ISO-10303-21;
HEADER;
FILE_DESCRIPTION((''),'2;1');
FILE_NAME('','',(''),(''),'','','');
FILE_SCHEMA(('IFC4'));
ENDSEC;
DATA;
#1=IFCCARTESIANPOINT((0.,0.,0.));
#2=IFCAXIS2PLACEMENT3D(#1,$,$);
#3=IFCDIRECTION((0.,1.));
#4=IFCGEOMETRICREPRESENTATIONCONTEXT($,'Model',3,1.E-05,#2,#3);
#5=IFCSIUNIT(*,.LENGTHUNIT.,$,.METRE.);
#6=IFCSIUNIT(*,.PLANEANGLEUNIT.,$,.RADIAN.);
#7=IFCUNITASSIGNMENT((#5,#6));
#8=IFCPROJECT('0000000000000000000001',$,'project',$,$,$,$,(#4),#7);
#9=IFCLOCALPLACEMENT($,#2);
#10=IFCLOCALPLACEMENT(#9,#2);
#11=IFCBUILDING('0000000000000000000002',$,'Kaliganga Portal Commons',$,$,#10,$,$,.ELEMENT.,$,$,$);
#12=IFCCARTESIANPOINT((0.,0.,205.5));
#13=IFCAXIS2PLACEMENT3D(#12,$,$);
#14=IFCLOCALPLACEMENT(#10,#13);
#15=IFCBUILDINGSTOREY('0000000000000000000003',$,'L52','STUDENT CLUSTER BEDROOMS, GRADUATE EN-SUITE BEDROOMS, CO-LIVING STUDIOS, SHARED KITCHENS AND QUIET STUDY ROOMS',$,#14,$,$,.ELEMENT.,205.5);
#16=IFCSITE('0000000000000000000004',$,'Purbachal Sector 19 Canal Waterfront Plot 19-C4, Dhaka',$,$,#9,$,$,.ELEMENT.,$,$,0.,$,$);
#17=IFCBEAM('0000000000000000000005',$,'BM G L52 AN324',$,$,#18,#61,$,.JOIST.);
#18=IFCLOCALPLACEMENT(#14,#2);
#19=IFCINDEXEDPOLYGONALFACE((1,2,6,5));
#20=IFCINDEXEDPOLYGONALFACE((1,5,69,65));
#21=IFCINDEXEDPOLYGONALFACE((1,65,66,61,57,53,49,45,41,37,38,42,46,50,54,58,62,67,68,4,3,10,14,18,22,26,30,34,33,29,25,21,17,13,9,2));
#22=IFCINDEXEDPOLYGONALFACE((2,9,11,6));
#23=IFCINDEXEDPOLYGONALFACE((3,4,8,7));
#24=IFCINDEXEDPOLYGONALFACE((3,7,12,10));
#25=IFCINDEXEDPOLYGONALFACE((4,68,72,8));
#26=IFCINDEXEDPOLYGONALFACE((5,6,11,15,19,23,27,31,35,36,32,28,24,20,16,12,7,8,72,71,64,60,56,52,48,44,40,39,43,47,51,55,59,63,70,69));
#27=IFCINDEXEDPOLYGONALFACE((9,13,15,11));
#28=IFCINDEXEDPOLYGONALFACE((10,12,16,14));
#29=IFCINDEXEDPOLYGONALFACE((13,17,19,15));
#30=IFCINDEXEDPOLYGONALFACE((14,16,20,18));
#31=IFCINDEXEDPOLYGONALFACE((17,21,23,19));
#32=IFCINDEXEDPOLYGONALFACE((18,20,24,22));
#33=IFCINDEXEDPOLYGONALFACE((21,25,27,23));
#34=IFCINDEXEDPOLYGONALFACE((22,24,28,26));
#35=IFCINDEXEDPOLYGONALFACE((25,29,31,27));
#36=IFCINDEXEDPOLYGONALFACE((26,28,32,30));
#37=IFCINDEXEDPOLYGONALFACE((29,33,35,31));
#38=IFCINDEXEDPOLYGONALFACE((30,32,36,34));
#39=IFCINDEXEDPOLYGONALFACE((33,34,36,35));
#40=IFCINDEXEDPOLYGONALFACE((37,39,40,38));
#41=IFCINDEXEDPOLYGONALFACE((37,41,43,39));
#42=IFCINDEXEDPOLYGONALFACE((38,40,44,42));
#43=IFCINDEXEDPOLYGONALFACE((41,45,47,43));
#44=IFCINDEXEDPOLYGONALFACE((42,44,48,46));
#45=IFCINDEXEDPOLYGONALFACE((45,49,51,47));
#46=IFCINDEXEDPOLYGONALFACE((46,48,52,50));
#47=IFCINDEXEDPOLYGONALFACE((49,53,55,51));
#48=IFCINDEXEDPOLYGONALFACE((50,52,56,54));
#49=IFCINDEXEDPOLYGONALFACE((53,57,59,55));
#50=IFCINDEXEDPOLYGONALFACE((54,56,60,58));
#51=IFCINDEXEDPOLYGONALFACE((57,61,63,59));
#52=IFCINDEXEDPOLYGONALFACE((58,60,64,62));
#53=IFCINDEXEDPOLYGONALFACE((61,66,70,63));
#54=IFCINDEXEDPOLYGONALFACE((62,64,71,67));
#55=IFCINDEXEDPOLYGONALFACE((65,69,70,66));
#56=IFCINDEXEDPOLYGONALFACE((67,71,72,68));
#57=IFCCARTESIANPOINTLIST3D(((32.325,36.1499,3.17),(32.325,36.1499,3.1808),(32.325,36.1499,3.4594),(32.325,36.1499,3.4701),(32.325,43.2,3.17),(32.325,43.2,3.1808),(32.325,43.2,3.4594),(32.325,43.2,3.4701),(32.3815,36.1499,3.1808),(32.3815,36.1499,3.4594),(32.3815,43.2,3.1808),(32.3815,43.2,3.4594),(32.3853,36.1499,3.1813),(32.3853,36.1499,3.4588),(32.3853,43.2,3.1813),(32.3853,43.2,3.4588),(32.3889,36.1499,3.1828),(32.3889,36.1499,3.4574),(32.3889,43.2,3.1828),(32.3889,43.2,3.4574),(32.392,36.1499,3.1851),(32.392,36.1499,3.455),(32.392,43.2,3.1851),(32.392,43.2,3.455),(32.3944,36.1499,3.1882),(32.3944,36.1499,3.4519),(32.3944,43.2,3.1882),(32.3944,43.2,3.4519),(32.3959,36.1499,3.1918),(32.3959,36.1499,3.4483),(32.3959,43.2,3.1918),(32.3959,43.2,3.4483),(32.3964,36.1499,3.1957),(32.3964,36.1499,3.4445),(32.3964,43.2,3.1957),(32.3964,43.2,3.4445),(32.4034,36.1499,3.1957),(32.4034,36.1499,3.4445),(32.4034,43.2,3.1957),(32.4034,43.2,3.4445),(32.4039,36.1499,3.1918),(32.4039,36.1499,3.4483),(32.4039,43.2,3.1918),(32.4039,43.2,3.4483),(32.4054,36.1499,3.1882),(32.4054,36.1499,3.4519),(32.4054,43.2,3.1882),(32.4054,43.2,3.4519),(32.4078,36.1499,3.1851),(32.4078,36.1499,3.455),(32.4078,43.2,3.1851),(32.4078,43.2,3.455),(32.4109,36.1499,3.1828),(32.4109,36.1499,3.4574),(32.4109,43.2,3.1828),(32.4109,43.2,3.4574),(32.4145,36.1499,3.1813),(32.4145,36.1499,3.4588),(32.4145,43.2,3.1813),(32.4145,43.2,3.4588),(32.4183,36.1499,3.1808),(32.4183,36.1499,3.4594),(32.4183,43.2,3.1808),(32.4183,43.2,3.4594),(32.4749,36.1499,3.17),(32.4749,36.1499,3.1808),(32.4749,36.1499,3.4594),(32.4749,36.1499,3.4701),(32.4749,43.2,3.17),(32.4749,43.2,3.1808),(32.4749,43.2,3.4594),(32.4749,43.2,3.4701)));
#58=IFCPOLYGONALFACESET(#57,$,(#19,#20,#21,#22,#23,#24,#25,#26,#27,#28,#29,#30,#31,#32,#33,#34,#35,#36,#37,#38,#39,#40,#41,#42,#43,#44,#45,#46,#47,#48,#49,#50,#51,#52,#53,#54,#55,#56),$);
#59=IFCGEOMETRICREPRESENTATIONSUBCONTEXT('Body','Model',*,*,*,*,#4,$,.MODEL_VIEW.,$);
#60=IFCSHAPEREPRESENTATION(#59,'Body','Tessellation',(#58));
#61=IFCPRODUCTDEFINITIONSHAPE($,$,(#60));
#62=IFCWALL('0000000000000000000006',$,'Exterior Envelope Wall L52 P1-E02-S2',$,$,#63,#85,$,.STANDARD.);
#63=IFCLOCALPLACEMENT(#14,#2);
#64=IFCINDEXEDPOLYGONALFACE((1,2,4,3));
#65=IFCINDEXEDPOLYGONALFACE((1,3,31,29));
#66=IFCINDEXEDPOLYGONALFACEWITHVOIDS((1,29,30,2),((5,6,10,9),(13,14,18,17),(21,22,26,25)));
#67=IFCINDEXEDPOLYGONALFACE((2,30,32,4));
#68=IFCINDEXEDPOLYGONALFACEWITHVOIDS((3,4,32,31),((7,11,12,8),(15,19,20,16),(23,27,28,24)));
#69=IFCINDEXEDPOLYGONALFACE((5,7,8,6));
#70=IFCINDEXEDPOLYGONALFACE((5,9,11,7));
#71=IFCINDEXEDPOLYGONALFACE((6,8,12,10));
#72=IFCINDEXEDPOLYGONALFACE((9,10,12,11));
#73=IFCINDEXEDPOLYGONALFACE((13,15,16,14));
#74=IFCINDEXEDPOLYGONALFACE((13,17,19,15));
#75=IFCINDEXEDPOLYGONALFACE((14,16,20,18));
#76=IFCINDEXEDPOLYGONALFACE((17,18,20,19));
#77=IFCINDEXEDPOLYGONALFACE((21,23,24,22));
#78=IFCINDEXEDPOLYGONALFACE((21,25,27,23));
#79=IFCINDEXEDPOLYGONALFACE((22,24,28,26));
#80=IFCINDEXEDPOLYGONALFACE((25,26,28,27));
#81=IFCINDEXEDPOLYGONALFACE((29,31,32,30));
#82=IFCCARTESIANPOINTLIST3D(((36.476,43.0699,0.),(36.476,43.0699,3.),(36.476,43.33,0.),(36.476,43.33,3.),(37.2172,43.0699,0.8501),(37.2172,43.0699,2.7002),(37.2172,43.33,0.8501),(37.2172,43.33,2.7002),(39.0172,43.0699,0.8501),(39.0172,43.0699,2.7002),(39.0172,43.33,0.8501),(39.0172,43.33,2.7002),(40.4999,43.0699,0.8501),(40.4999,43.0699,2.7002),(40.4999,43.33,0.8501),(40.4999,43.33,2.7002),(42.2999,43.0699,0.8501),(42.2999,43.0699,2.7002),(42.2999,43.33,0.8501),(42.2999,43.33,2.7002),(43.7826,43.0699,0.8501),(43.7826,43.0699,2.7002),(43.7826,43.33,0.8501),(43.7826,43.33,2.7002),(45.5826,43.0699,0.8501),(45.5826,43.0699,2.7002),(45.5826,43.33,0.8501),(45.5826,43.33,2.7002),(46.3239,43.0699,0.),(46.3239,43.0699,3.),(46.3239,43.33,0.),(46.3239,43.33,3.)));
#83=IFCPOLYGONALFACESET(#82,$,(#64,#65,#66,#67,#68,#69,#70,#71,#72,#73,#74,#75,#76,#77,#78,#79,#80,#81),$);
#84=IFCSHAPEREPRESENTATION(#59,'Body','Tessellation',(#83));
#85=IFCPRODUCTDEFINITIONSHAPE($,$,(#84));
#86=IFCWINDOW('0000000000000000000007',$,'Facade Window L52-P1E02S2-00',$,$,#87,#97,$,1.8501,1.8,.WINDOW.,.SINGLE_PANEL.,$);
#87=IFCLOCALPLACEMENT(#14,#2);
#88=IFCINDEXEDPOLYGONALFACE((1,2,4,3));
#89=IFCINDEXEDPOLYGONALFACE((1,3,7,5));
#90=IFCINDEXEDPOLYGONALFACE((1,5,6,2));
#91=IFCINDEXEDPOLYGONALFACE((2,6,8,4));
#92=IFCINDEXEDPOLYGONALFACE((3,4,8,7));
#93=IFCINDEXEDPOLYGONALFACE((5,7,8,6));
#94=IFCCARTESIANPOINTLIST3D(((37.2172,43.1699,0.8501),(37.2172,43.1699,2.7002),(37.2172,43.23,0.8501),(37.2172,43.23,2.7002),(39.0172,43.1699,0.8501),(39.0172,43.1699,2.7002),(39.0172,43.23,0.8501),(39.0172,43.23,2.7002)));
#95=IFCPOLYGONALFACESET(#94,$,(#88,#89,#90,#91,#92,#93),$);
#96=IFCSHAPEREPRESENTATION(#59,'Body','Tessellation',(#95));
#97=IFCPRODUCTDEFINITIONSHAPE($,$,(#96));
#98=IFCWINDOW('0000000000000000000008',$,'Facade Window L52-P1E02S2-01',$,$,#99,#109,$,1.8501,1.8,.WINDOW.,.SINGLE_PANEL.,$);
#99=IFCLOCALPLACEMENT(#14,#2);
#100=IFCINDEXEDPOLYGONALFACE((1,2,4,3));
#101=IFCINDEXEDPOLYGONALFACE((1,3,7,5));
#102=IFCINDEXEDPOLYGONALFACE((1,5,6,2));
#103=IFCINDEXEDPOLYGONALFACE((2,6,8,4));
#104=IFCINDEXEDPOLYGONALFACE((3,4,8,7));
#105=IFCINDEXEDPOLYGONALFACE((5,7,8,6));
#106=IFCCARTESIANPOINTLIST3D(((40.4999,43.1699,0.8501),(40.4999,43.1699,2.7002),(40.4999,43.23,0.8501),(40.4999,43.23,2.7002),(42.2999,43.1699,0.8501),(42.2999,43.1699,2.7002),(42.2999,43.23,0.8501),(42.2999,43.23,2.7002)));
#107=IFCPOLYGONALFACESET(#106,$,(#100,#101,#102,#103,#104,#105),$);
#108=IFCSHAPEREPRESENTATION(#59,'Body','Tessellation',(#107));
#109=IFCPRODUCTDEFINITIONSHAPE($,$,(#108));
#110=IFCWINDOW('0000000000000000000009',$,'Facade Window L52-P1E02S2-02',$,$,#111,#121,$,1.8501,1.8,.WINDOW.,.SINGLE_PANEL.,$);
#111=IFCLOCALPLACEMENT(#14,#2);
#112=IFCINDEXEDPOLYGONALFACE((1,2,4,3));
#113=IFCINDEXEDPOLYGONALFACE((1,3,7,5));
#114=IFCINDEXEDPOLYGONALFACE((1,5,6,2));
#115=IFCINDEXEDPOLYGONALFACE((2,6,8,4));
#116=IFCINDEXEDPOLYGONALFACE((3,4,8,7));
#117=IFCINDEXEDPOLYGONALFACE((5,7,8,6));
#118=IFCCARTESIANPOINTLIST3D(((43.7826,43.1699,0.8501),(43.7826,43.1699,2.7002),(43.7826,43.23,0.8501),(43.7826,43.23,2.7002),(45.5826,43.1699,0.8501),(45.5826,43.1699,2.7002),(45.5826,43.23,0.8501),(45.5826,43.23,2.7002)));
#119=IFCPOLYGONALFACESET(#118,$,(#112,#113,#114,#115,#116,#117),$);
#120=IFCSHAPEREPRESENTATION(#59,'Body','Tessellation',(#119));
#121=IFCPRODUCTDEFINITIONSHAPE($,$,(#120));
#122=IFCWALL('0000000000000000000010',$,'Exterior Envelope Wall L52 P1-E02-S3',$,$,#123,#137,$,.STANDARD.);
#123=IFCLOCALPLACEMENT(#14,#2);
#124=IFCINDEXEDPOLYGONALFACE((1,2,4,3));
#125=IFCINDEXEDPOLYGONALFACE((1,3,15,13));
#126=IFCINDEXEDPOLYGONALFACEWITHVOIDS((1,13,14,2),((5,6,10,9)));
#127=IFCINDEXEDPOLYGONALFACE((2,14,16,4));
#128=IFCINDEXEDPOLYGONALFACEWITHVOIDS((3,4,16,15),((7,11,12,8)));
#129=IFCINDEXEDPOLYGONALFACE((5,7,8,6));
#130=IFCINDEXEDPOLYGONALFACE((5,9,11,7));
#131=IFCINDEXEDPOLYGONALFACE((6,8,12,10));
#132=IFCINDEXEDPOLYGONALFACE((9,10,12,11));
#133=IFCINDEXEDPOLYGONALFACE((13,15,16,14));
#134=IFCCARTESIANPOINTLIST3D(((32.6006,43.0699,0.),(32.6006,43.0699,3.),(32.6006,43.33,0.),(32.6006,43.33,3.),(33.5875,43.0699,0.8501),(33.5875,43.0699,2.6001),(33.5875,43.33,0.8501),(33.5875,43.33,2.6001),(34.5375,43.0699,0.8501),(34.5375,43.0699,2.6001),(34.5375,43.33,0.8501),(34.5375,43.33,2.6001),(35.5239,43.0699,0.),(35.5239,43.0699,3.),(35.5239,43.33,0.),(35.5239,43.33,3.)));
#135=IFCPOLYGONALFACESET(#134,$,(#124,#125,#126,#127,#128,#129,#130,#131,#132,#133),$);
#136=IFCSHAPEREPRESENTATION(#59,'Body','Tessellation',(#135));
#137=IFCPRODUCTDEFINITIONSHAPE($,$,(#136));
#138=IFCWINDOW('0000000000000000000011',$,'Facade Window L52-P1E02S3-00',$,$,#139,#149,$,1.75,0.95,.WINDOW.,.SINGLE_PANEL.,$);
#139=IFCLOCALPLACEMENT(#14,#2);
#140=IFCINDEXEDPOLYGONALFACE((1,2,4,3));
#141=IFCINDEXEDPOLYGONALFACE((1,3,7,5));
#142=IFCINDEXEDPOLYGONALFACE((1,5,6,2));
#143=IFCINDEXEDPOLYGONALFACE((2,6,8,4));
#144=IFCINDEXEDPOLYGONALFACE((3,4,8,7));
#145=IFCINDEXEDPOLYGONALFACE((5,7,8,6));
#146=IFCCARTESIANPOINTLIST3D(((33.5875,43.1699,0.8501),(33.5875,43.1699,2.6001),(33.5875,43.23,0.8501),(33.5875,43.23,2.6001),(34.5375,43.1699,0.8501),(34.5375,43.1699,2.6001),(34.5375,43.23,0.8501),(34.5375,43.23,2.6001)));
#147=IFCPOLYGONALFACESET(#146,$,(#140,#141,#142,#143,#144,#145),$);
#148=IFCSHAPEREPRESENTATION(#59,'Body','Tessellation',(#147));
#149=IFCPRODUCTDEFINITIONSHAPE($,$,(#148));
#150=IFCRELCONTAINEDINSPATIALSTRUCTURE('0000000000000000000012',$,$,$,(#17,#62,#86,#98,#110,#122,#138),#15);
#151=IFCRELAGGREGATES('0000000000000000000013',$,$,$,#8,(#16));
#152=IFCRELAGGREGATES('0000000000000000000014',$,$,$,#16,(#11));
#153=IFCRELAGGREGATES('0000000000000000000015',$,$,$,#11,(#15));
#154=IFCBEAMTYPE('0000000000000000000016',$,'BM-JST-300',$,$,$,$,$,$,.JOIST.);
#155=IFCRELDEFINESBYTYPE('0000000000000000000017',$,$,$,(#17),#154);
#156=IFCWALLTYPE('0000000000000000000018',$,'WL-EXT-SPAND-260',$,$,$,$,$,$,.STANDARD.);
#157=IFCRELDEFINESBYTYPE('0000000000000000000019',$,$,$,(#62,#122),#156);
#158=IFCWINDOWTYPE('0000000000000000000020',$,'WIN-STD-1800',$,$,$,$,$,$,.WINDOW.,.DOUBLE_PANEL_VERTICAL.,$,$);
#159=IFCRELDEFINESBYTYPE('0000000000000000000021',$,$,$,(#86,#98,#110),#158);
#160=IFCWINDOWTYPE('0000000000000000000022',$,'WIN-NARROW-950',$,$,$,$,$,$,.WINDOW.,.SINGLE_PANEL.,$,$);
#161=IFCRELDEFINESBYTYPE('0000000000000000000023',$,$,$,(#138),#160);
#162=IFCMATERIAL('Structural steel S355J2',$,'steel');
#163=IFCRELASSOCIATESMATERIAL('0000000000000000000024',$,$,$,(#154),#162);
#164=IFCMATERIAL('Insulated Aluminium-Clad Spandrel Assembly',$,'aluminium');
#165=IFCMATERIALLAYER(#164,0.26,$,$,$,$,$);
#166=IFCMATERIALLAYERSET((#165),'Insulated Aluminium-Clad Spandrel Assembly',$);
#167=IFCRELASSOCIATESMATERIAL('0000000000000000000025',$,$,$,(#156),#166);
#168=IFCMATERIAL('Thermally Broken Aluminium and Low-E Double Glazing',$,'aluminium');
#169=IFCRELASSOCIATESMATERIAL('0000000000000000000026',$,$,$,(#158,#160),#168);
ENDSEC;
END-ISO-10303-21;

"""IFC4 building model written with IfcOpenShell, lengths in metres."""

from ifc_helpers import new_model, si_unit, direction, frame, frame_2d, origin, origin_2d, place, context, subcontext, project, spatial, rectangle, i_section, extrude, source, transform, mapped, material, layer, layer_set, material_profile, profile_set, type_object, element, fill, save


model = new_model("IFC4")

# Units and contexts
model_context = context("Model", 3, precision=1e-05, world=origin(), true_north=direction((0.0, 1.0)))
body_context = subcontext(model_context, "Body", "Model", "MODEL_VIEW")
ifc_project = project(units=[si_unit("LENGTHUNIT", "METRE"), si_unit("PLANEANGLEUNIT", "RADIAN")], contexts=[model_context])

# Site, building, storey
site_placement = place(None, origin())
site = spatial("IfcSite", under=ifc_project, at=site_placement, Name="Purbachal Sector 19 Canal Waterfront Plot 19-C4, Dhaka", CompositionType="ELEMENT", RefElevation=0.0)
building_placement = place(site_placement, origin())
building = spatial("IfcBuilding", under=site, at=building_placement, Name="Kaliganga Portal Commons", CompositionType="ELEMENT")
storey_placement = place(building_placement, frame((0.0, 0.0, 205.5)))
storey = spatial("IfcBuildingStorey", under=building, at=storey_placement, Name="L52", Description="STUDENT CLUSTER BEDROOMS, GRADUATE EN-SUITE BEDROOMS, CO-LIVING STUDIOS, SHARED KITCHENS AND QUIET STUDY ROOMS", CompositionType="ELEMENT", Elevation=205.5)

# Shared definitions
ifc_material_1 = material(Name="Structural steel S355J2", Category="steel")

# Beam
ifc_material_profile_1 = material_profile(ifc_material_1, i_section(OverallWidth=0.1499, OverallDepth=0.3, WebThickness=0.0071, FlangeThickness=0.0107, FilletRadius=0.0149, at=origin_2d()), Name="IPE 300")
ifc_profile_set_1 = profile_set([ifc_material_profile_1], Name="Structural steel S355J2 wide-flange")
beam_type_1 = type_object("IfcBeamType", Name="BM-JST-300", PredefinedType="JOIST", material=ifc_profile_set_1)
shared_shape_1 = source(origin(), body_context, "Body", "SweptSolid", [
    extrude(i_section(OverallWidth=0.1499, OverallDepth=0.3, WebThickness=0.0071, FlangeThickness=0.0107, FilletRadius=0.0149, at=origin_2d()), origin(), (0.0, 0.0, 1.0), 7.05),
])
beam_1_placement = place(storey_placement, frame((32.3999, 36.1499, 3.3201), z_axis=(0.0, 1.0, 0.0), x_axis=(-1.0, 0.0, 0.0)))
element("IfcBeam", 1, at=beam_1_placement, inside=storey, type_object=beam_type_1, Name="BM G L52 AN324", PredefinedType="JOIST", context=body_context, shape_type="MappedRepresentation", body=[
    mapped(shared_shape_1, transform((0.0, 0.0, 0.0), x_axis=(1.0, 0.0, 0.0), y_axis=(0.0, 1.0, 0.0), z_axis=(0.0, 0.0, 1.0), scale=1.0)),
])

# Wall, openings, windows
ifc_material_2 = material(Name="Insulated Aluminium-Clad Spandrel Assembly", Category="aluminium")
ifc_layer_1 = layer(ifc_material_2, 0.26)
ifc_layer_set_1 = layer_set([ifc_layer_1], Name="Insulated Aluminium-Clad Spandrel Assembly")
wall_type_1 = type_object("IfcWallType", Name="WL-EXT-SPAND-260", PredefinedType="STANDARD", material=ifc_layer_set_1)
wall_1_placement = place(storey_placement, frame((36.4761, 43.2, 0.0), z_axis=(0.0, 0.0, 1.0), x_axis=(1.0, 0.0, 0.0)))
wall_1 = element("IfcWall", 2, at=wall_1_placement, inside=storey, type_object=wall_type_1, Name="Exterior Envelope Wall L52 P1-E02-S2", PredefinedType="STANDARD", context=body_context, shape_type="SweptSolid", body=[
    extrude(rectangle(XDim=9.8479, YDim=0.26, at=frame_2d((4.9238, 0.0))), origin(), (0.0, 0.0, 1.0), 3.0),
])
opening_1_placement = place(wall_1_placement, frame((0.7412, 0.0, 0.8501)))
opening_1 = element("IfcOpeningElement", 3, at=opening_1_placement, cuts=wall_1, PredefinedType="OPENING", context=body_context, shape_type="SweptSolid", body=[
    extrude(rectangle(XDim=1.8, YDim=1.8501, at=frame_2d((0.8999, 0.925))), frame((0.0, 0.1401, 0.0), z_axis=(0.0, -1.0, 0.0), x_axis=(1.0, 0.0, 0.0)), (0.0, 0.0, 1.0), 0.28),
])
opening_2_placement = place(wall_1_placement, frame((4.0239, 0.0, 0.8501)))
opening_2 = element("IfcOpeningElement", 4, at=opening_2_placement, cuts=wall_1, PredefinedType="OPENING", context=body_context, shape_type="SweptSolid", body=[
    extrude(rectangle(XDim=1.8, YDim=1.8501, at=frame_2d((0.8999, 0.925))), frame((0.0, 0.1401, 0.0), z_axis=(0.0, -1.0, 0.0), x_axis=(1.0, 0.0, 0.0)), (0.0, 0.0, 1.0), 0.28),
])
opening_3_placement = place(wall_1_placement, frame((7.3066, 0.0, 0.8501)))
opening_3 = element("IfcOpeningElement", 5, at=opening_3_placement, cuts=wall_1, PredefinedType="OPENING", context=body_context, shape_type="SweptSolid", body=[
    extrude(rectangle(XDim=1.8, YDim=1.8501, at=frame_2d((0.8999, 0.925))), frame((0.0, 0.1401, 0.0), z_axis=(0.0, -1.0, 0.0), x_axis=(1.0, 0.0, 0.0)), (0.0, 0.0, 1.0), 0.28),
])
ifc_material_3 = material(Name="Thermally Broken Aluminium and Low-E Double Glazing", Category="aluminium")
window_type_1 = type_object("IfcWindowType", Name="WIN-STD-1800", PartitioningType="DOUBLE_PANEL_VERTICAL", PredefinedType="WINDOW", material=ifc_material_3)
window_1_placement = place(opening_1_placement, origin())
window_1 = element("IfcWindow", 6, at=window_1_placement, inside=storey, type_object=window_type_1, Name="Facade Window L52-P1E02S2-00", OverallHeight=1.8501, OverallWidth=1.8, PartitioningType="SINGLE_PANEL", PredefinedType="WINDOW", context=body_context, shape_type="SweptSolid", body=[
    extrude(rectangle(XDim=1.8, YDim=1.8501, at=frame_2d((0.8999, 0.925))), frame((0.0, 0.03, 0.0), z_axis=(0.0, -1.0, 0.0), x_axis=(1.0, 0.0, 0.0)), (0.0, 0.0, 1.0), 0.0601),
])
fill(opening_1, window_1)
window_2_placement = place(opening_2_placement, origin())
window_2 = element("IfcWindow", 7, at=window_2_placement, inside=storey, type_object=window_type_1, Name="Facade Window L52-P1E02S2-01", OverallHeight=1.8501, OverallWidth=1.8, PartitioningType="SINGLE_PANEL", PredefinedType="WINDOW", context=body_context, shape_type="SweptSolid", body=[
    extrude(rectangle(XDim=1.8, YDim=1.8501, at=frame_2d((0.8999, 0.925))), frame((0.0, 0.03, 0.0), z_axis=(0.0, -1.0, 0.0), x_axis=(1.0, 0.0, 0.0)), (0.0, 0.0, 1.0), 0.0601),
])
fill(opening_2, window_2)
window_3_placement = place(opening_3_placement, origin())
window_3 = element("IfcWindow", 8, at=window_3_placement, inside=storey, type_object=window_type_1, Name="Facade Window L52-P1E02S2-02", OverallHeight=1.8501, OverallWidth=1.8, PartitioningType="SINGLE_PANEL", PredefinedType="WINDOW", context=body_context, shape_type="SweptSolid", body=[
    extrude(rectangle(XDim=1.8, YDim=1.8501, at=frame_2d((0.8999, 0.925))), frame((0.0, 0.03, 0.0), z_axis=(0.0, -1.0, 0.0), x_axis=(1.0, 0.0, 0.0)), (0.0, 0.0, 1.0), 0.0601),
])
fill(opening_3, window_3)

# Wall, opening, window
wall_2_placement = place(storey_placement, frame((32.6006, 43.2, 0.0), z_axis=(0.0, 0.0, 1.0), x_axis=(1.0, 0.0, 0.0)))
wall_2 = element("IfcWall", 9, at=wall_2_placement, inside=storey, type_object=wall_type_1, Name="Exterior Envelope Wall L52 P1-E02-S3", PredefinedType="STANDARD", context=body_context, shape_type="SweptSolid", body=[
    extrude(rectangle(XDim=2.9233, YDim=0.26, at=frame_2d((1.4617, 0.0))), origin(), (0.0, 0.0, 1.0), 3.0),
])
opening_4_placement = place(wall_2_placement, frame((0.9868, 0.0, 0.8501)))
opening_4 = element("IfcOpeningElement", 10, at=opening_4_placement, cuts=wall_2, PredefinedType="OPENING", context=body_context, shape_type="SweptSolid", body=[
    extrude(rectangle(XDim=0.95, YDim=1.75, at=frame_2d((0.4751, 0.875))), frame((0.0, 0.1401, 0.0), z_axis=(0.0, -1.0, 0.0), x_axis=(1.0, 0.0, 0.0)), (0.0, 0.0, 1.0), 0.28),
])
window_type_2 = type_object("IfcWindowType", Name="WIN-NARROW-950", PartitioningType="SINGLE_PANEL", PredefinedType="WINDOW", material=ifc_material_3)
window_4_placement = place(opening_4_placement, origin())
window_4 = element("IfcWindow", 11, at=window_4_placement, inside=storey, type_object=window_type_2, Name="Facade Window L52-P1E02S3-00", OverallHeight=1.75, OverallWidth=0.95, PartitioningType="SINGLE_PANEL", PredefinedType="WINDOW", context=body_context, shape_type="SweptSolid", body=[
    extrude(rectangle(XDim=0.95, YDim=1.75, at=frame_2d((0.4751, 0.875))), frame((0.0, 0.03, 0.0), z_axis=(0.0, -1.0, 0.0), x_axis=(1.0, 0.0, 0.0)), (0.0, 0.0, 1.0), 0.0601),
])
fill(opening_4, window_4)

save(model, "model.ifc")
